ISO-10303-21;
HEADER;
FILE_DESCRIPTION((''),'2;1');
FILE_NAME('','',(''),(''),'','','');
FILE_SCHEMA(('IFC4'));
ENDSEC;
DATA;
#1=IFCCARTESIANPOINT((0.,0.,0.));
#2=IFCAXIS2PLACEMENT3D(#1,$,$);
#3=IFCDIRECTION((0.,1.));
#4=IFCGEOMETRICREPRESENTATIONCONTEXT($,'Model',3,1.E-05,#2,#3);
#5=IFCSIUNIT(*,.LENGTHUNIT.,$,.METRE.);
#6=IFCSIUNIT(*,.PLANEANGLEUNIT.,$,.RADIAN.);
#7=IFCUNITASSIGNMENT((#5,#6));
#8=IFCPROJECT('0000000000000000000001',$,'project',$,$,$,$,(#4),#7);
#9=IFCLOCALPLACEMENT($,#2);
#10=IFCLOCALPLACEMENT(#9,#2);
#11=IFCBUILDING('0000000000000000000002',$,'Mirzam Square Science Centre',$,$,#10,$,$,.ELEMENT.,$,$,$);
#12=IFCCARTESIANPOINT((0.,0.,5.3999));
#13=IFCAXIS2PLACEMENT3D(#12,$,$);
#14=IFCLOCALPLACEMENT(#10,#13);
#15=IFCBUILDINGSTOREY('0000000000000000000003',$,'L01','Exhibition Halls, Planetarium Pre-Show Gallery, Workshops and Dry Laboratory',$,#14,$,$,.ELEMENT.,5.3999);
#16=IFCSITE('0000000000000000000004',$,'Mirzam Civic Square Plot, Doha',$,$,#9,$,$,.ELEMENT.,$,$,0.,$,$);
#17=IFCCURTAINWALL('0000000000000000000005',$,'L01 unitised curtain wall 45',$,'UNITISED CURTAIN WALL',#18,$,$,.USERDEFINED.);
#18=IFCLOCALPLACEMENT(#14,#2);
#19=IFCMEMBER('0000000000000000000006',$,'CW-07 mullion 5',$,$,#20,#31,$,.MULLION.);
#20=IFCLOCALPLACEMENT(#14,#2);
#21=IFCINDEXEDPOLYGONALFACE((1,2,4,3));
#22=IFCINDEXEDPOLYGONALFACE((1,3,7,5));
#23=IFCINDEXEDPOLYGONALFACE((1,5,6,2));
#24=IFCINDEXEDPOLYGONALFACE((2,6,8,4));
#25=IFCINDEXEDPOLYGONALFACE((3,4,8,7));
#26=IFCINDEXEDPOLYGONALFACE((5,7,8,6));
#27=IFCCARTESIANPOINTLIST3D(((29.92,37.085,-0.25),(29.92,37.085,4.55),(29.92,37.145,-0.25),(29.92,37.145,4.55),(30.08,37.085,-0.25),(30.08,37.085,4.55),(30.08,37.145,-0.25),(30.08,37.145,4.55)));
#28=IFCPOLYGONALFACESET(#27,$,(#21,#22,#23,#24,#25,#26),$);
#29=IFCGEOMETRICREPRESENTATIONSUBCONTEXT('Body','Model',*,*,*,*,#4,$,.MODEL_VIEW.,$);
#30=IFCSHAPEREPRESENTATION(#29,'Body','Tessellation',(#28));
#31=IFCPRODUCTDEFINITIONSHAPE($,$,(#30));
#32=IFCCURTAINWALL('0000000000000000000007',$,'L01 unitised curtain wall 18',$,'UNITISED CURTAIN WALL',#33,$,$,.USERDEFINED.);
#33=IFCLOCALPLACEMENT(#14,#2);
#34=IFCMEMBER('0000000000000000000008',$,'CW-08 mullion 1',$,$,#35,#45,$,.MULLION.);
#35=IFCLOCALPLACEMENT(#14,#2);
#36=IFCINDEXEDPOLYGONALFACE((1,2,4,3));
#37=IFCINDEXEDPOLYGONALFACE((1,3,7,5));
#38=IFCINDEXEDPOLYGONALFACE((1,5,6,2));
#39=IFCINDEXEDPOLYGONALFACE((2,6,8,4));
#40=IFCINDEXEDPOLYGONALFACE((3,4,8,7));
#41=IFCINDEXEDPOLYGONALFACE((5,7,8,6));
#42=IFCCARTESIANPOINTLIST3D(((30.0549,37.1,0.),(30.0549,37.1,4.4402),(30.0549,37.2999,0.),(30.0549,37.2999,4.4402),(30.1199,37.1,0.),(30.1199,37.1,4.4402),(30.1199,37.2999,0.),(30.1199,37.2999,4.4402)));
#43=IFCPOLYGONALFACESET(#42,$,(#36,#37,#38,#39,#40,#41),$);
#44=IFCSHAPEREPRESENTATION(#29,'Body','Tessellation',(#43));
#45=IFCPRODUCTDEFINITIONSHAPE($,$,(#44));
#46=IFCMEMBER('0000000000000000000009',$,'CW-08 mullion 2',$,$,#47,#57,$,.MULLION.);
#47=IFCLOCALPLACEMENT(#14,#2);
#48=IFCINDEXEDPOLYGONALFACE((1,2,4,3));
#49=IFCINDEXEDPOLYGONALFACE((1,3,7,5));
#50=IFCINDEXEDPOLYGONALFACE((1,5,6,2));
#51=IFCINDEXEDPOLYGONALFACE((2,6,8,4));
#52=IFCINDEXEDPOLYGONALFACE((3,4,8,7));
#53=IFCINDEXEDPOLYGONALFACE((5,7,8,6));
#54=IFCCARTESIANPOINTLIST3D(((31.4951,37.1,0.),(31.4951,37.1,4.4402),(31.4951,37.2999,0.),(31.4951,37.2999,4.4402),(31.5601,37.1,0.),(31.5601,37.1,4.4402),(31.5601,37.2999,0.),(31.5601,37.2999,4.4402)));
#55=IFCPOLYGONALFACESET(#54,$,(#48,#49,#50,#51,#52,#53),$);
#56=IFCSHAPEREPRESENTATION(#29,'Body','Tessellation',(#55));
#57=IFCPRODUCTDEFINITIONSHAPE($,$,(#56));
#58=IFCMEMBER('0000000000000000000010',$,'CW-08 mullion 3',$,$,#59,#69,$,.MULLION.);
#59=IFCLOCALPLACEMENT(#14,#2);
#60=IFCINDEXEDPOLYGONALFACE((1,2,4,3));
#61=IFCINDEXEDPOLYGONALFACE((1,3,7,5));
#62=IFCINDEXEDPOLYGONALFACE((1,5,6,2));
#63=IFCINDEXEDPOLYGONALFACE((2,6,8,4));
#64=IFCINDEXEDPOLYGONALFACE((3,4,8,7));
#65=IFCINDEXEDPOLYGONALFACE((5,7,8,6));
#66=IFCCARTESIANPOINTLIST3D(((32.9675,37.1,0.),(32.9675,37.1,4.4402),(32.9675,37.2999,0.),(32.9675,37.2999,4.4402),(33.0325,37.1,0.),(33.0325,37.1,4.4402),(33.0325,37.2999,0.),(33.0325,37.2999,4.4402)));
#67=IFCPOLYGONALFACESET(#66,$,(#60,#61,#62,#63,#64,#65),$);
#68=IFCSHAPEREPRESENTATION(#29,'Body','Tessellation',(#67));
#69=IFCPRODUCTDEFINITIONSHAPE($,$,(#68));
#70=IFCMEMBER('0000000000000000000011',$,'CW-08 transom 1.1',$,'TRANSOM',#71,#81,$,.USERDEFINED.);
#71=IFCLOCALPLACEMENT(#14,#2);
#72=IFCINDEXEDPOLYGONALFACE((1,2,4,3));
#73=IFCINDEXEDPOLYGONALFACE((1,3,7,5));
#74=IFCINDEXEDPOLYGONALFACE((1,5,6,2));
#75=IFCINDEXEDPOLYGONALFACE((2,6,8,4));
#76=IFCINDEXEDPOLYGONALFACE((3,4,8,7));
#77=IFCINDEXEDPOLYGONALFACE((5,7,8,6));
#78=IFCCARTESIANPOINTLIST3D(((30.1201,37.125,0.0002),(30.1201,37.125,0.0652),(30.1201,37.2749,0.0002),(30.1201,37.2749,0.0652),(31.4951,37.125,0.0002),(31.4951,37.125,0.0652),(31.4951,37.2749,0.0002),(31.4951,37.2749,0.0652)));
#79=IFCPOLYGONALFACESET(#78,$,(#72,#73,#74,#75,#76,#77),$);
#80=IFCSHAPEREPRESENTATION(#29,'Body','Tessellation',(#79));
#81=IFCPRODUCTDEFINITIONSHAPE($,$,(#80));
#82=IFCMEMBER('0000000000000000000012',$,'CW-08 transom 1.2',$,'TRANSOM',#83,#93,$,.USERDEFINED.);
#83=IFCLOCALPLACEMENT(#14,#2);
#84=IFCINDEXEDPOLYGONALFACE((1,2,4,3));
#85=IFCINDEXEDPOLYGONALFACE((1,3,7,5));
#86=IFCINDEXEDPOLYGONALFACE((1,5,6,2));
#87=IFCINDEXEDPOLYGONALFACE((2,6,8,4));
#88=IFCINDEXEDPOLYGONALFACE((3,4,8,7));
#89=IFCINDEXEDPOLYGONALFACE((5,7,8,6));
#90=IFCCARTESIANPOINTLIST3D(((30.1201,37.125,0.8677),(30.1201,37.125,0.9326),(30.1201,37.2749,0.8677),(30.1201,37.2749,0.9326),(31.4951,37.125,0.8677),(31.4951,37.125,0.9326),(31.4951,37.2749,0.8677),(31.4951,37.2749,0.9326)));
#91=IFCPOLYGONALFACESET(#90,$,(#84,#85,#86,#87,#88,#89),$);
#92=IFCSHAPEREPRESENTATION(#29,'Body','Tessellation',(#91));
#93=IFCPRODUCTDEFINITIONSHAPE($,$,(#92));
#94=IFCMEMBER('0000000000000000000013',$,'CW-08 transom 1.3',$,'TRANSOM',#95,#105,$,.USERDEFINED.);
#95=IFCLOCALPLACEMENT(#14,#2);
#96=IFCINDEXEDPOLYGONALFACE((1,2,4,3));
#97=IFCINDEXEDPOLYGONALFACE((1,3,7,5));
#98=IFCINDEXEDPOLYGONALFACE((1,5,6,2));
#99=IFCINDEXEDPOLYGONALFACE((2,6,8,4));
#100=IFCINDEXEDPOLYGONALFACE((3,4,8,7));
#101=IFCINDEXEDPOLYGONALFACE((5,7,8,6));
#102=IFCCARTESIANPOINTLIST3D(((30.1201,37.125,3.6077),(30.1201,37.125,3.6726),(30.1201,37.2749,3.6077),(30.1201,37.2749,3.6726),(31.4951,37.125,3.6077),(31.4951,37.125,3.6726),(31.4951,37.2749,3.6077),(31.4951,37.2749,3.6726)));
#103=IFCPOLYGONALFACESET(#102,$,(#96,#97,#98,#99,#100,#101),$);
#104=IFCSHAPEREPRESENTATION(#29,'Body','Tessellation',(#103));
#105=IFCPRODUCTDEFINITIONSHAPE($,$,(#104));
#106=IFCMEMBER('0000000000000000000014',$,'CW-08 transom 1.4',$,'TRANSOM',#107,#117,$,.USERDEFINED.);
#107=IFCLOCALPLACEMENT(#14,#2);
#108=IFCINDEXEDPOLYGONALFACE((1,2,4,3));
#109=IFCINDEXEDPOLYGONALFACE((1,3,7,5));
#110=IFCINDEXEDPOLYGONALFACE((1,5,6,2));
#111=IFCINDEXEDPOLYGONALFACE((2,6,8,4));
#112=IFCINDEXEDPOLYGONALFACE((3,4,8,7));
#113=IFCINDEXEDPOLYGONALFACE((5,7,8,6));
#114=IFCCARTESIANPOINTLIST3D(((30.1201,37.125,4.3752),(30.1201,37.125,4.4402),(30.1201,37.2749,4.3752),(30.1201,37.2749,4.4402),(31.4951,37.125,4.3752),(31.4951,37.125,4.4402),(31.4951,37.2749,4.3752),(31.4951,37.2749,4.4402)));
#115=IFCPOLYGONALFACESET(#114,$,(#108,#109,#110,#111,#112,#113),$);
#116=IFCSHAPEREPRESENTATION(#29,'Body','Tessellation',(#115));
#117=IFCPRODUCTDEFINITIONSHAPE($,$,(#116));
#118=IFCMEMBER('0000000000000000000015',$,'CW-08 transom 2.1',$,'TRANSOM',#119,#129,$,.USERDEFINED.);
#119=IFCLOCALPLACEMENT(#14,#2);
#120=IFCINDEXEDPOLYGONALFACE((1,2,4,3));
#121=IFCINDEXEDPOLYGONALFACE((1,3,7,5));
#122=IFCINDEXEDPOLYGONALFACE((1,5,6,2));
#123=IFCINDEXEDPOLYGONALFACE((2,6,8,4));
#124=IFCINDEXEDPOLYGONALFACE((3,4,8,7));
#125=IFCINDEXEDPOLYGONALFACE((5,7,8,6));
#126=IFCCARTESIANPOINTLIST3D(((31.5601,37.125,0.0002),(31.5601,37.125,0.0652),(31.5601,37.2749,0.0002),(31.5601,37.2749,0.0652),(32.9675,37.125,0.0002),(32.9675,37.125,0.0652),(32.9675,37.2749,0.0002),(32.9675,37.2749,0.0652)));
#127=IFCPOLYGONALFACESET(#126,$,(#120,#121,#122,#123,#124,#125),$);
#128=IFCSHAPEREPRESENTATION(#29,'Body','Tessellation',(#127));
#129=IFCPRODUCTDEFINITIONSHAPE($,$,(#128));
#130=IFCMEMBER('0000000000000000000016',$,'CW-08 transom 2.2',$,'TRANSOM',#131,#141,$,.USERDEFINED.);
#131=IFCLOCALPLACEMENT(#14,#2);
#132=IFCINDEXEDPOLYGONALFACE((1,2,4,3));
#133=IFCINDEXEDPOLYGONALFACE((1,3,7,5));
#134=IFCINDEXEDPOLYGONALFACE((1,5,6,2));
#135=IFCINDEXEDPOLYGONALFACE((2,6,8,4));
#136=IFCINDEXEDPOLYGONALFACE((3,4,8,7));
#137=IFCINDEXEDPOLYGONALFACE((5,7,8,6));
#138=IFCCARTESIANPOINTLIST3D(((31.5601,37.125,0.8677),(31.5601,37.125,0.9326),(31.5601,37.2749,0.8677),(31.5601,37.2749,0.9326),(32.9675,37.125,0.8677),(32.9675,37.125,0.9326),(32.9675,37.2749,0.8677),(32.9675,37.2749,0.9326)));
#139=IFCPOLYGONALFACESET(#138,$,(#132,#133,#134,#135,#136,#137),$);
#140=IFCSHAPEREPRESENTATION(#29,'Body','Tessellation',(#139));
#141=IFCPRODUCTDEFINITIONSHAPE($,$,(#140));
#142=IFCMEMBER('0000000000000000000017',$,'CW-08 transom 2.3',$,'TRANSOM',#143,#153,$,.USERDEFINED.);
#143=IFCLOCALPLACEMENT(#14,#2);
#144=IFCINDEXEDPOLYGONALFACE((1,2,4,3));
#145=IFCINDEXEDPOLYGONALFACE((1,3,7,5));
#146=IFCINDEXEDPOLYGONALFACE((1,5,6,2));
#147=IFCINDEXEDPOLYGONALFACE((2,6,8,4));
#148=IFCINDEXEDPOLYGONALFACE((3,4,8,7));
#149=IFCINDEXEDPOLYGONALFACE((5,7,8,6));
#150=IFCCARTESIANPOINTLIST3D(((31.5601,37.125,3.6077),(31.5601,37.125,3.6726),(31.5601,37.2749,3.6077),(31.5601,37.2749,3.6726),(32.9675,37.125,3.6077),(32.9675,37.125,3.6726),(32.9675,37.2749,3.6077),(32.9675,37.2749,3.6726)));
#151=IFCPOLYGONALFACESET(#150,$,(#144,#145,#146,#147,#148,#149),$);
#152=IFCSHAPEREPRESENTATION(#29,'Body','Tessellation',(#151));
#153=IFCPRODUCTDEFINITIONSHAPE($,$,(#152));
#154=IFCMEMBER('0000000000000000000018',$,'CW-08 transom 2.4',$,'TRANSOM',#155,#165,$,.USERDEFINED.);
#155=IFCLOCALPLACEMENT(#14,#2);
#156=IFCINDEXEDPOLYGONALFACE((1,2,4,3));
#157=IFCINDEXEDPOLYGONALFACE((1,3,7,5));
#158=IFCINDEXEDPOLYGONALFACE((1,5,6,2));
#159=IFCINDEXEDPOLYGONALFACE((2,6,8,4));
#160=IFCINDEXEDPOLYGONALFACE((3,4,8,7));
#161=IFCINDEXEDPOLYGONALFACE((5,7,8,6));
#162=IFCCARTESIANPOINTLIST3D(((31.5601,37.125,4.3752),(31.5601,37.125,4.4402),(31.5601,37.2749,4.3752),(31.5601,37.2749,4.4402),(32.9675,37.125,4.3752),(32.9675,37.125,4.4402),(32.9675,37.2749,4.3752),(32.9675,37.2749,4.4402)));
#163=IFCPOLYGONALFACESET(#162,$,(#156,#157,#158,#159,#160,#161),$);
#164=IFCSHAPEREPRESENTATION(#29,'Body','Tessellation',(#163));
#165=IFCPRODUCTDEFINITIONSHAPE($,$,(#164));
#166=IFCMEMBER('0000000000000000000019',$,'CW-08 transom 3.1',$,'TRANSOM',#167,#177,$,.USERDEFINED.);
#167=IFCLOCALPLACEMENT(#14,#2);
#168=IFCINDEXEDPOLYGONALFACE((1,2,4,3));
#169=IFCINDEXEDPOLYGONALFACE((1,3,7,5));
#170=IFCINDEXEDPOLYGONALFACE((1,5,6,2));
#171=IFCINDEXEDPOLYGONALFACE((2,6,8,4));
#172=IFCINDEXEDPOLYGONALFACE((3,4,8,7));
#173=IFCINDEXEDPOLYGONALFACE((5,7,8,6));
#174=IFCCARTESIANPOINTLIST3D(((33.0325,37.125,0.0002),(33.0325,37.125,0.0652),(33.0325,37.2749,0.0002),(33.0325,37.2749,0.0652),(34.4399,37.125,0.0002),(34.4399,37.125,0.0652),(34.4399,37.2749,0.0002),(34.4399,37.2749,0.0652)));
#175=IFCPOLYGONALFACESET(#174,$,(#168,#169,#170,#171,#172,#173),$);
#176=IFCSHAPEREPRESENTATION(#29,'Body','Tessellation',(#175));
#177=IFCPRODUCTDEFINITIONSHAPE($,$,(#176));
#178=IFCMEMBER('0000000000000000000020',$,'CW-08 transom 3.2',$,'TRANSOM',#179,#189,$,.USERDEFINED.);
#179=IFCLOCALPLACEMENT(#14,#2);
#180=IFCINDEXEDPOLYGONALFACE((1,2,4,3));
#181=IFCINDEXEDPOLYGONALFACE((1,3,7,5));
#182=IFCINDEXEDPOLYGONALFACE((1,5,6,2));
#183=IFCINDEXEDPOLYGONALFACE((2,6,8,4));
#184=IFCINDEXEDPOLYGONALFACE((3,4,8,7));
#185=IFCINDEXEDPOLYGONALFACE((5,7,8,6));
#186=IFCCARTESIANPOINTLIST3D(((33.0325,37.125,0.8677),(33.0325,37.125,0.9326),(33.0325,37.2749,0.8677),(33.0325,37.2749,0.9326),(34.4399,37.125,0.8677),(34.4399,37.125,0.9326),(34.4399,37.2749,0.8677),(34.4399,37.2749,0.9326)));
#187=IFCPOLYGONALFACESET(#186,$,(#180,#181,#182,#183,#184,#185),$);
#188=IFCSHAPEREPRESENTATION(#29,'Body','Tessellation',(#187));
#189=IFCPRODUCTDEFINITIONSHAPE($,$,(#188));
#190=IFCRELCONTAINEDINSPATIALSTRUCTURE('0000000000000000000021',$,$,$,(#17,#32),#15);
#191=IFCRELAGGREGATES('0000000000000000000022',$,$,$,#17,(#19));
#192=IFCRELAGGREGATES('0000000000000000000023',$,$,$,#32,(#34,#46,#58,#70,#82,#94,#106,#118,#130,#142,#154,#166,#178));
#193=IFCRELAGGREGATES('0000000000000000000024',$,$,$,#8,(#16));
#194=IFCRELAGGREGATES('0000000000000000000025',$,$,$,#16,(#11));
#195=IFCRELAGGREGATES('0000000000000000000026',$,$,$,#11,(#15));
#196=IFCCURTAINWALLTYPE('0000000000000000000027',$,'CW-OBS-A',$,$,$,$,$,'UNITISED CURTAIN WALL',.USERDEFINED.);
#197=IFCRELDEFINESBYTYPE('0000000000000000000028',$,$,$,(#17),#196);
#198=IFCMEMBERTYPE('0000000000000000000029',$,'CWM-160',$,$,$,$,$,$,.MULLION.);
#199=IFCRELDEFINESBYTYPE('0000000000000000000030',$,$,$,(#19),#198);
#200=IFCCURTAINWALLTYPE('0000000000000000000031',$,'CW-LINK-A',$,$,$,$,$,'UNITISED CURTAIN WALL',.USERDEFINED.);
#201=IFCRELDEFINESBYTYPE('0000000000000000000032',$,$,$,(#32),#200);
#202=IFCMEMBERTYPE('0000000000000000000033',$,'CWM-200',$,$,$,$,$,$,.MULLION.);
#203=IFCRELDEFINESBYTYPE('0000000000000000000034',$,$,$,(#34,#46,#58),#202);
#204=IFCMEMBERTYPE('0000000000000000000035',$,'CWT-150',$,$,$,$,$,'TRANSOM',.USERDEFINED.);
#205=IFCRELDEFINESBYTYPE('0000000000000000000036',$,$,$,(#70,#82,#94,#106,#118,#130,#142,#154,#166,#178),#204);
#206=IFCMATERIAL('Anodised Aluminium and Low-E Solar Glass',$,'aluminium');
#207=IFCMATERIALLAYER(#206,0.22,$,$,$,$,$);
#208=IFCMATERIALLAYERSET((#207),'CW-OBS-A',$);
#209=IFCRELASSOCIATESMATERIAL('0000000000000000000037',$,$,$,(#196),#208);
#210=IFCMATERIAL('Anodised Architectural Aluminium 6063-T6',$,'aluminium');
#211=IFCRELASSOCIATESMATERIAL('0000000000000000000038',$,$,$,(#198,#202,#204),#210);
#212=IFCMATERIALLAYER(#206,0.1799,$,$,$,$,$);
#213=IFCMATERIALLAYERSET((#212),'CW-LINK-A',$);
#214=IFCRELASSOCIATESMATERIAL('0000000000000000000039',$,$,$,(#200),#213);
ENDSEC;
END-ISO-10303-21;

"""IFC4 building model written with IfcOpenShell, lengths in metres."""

from ifc_helpers import new_model, si_unit, direction, frame, origin, origin_2d, place, context, subcontext, project, spatial, rectangle, extrude, material, layer, layer_set, material_profile, profile_set, type_object, element, aggregate, save


model = new_model("IFC4")

# Units and contexts
model_context = context("Model", 3, precision=1e-05, world=origin(), true_north=direction((0.0, 1.0)))
body_context = subcontext(model_context, "Body", "Model", "MODEL_VIEW")
ifc_project = project(units=[si_unit("LENGTHUNIT", "METRE"), si_unit("PLANEANGLEUNIT", "RADIAN")], contexts=[model_context])

# Site, building, storey
site_placement = place(None, origin())
site = spatial("IfcSite", under=ifc_project, at=site_placement, Name="Mirzam Civic Square Plot, Doha", CompositionType="ELEMENT", RefElevation=0.0)
building_placement = place(site_placement, origin())
building = spatial("IfcBuilding", under=site, at=building_placement, Name="Mirzam Square Science Centre", CompositionType="ELEMENT")
storey_placement = place(building_placement, frame((0.0, 0.0, 5.3999)))
storey = spatial("IfcBuildingStorey", under=building, at=storey_placement, Name="L01", Description="Exhibition Halls, Planetarium Pre-Show Gallery, Workshops and Dry Laboratory", CompositionType="ELEMENT", Elevation=5.3999)

# Curtain wall, member
ifc_material_1 = material(Name="Anodised Aluminium and Low-E Solar Glass", Category="aluminium")
ifc_layer_1 = layer(ifc_material_1, 0.22)
ifc_layer_set_1 = layer_set([ifc_layer_1], Name="CW-OBS-A")
curtain_wall_type_1 = type_object("IfcCurtainWallType", Name="CW-OBS-A", ElementType="UNITISED CURTAIN WALL", PredefinedType="USERDEFINED", material=ifc_layer_set_1)
curtain_wall_1_placement = place(storey_placement, origin())
curtain_wall_1 = element("IfcCurtainWall", 1, at=curtain_wall_1_placement, inside=storey, type_object=curtain_wall_type_1, Name="L01 unitised curtain wall 45", ObjectType="UNITISED CURTAIN WALL", PredefinedType="USERDEFINED")
ifc_material_2 = material(Name="Anodised Architectural Aluminium 6063-T6", Category="aluminium")
ifc_material_profile_1 = material_profile(ifc_material_2, rectangle(XDim=0.0601, YDim=0.1599, at=origin_2d()), Name="ALU-MULL-160x60x4")
ifc_profile_set_1 = profile_set([ifc_material_profile_1], Name="Anodised Architectural Aluminium 6063-T6")
member_type_1 = type_object("IfcMemberType", Name="CWM-160", PredefinedType="MULLION", material=ifc_profile_set_1)
member_1_placement = place(storey_placement, frame((30.0, 37.115, -0.25), z_axis=(0.0, 0.0, 1.0), x_axis=(0.0, 1.0, 0.0)))
member_1 = element("IfcMember", 2, at=member_1_placement, type_object=member_type_1, Name="CW-07 mullion 5", PredefinedType="MULLION", context=body_context, shape_type="SweptSolid", body=[
    extrude(rectangle(XDim=0.0601, YDim=0.1599, at=origin_2d()), origin(), (0.0, 0.0, 1.0), 4.8),
])
aggregate(curtain_wall_1, [member_1])

# Curtain wall, members
ifc_layer_2 = layer(ifc_material_1, 0.1799)
ifc_layer_set_2 = layer_set([ifc_layer_2], Name="CW-LINK-A")
curtain_wall_type_2 = type_object("IfcCurtainWallType", Name="CW-LINK-A", ElementType="UNITISED CURTAIN WALL", PredefinedType="USERDEFINED", material=ifc_layer_set_2)
curtain_wall_2_placement = place(storey_placement, origin())
curtain_wall_2 = element("IfcCurtainWall", 3, at=curtain_wall_2_placement, inside=storey, type_object=curtain_wall_type_2, Name="L01 unitised curtain wall 18", ObjectType="UNITISED CURTAIN WALL", PredefinedType="USERDEFINED")
ifc_material_profile_2 = material_profile(ifc_material_2, rectangle(XDim=0.0649, YDim=0.2, at=origin_2d()), Name="ALU-MULL-200x65x5")
ifc_profile_set_2 = profile_set([ifc_material_profile_2], Name="Anodised Architectural Aluminium 6063-T6")
member_type_2 = type_object("IfcMemberType", Name="CWM-200", PredefinedType="MULLION", material=ifc_profile_set_2)
member_2_placement = place(storey_placement, frame((30.0874, 37.2, 0.0), z_axis=(0.0, 0.0, 1.0), x_axis=(1.0, 0.0, 0.0)))
member_2 = element("IfcMember", 4, at=member_2_placement, type_object=member_type_2, Name="CW-08 mullion 1", PredefinedType="MULLION", context=body_context, shape_type="SweptSolid", body=[
    extrude(rectangle(XDim=0.0649, YDim=0.2, at=origin_2d()), origin(), (0.0, 0.0, 1.0), 4.4402),
])
member_3_placement = place(storey_placement, frame((31.5276, 37.2, 0.0), z_axis=(0.0, 0.0, 1.0), x_axis=(1.0, 0.0, 0.0)))
member_3 = element("IfcMember", 5, at=member_3_placement, type_object=member_type_2, Name="CW-08 mullion 2", PredefinedType="MULLION", context=body_context, shape_type="SweptSolid", body=[
    extrude(rectangle(XDim=0.0649, YDim=0.2, at=origin_2d()), origin(), (0.0, 0.0, 1.0), 4.4402),
])
member_4_placement = place(storey_placement, frame((33.0, 37.2, 0.0), z_axis=(0.0, 0.0, 1.0), x_axis=(1.0, 0.0, 0.0)))
member_4 = element("IfcMember", 6, at=member_4_placement, type_object=member_type_2, Name="CW-08 mullion 3", PredefinedType="MULLION", context=body_context, shape_type="SweptSolid", body=[
    extrude(rectangle(XDim=0.0649, YDim=0.2, at=origin_2d()), origin(), (0.0, 0.0, 1.0), 4.4402),
])
ifc_material_profile_3 = material_profile(ifc_material_2, rectangle(XDim=0.1499, YDim=0.0649, at=origin_2d()), Name="ALU-TRAN-150x65x4")
ifc_profile_set_3 = profile_set([ifc_material_profile_3], Name="Anodised Architectural Aluminium 6063-T6")
member_type_3 = type_object("IfcMemberType", Name="CWT-150", ElementType="TRANSOM", PredefinedType="USERDEFINED", material=ifc_profile_set_3)
member_5_placement = place(storey_placement, frame((30.1201, 37.2, 0.0327), z_axis=(1.0, 0.0, 0.0), x_axis=(0.0, 1.0, 0.0)))
member_5 = element("IfcMember", 7, at=member_5_placement, type_object=member_type_3, Name="CW-08 transom 1.1", ObjectType="TRANSOM", PredefinedType="USERDEFINED", context=body_context, shape_type="SweptSolid", body=[
    extrude(rectangle(XDim=0.1499, YDim=0.0649, at=origin_2d()), origin(), (0.0, 0.0, 1.0), 1.375),
])
member_6_placement = place(storey_placement, frame((30.1201, 37.2, 0.9001), z_axis=(1.0, 0.0, 0.0), x_axis=(0.0, 1.0, 0.0)))
member_6 = element("IfcMember", 8, at=member_6_placement, type_object=member_type_3, Name="CW-08 transom 1.2", ObjectType="TRANSOM", PredefinedType="USERDEFINED", context=body_context, shape_type="SweptSolid", body=[
    extrude(rectangle(XDim=0.1499, YDim=0.0649, at=origin_2d()), origin(), (0.0, 0.0, 1.0), 1.375),
])
member_7_placement = place(storey_placement, frame((30.1201, 37.2, 3.6401), z_axis=(1.0, 0.0, 0.0), x_axis=(0.0, 1.0, 0.0)))
member_7 = element("IfcMember", 9, at=member_7_placement, type_object=member_type_3, Name="CW-08 transom 1.3", ObjectType="TRANSOM", PredefinedType="USERDEFINED", context=body_context, shape_type="SweptSolid", body=[
    extrude(rectangle(XDim=0.1499, YDim=0.0649, at=origin_2d()), origin(), (0.0, 0.0, 1.0), 1.375),
])
member_8_placement = place(storey_placement, frame((30.1201, 37.2, 4.4077), z_axis=(1.0, 0.0, 0.0), x_axis=(0.0, 1.0, 0.0)))
member_8 = element("IfcMember", 10, at=member_8_placement, type_object=member_type_3, Name="CW-08 transom 1.4", ObjectType="TRANSOM", PredefinedType="USERDEFINED", context=body_context, shape_type="SweptSolid", body=[
    extrude(rectangle(XDim=0.1499, YDim=0.0649, at=origin_2d()), origin(), (0.0, 0.0, 1.0), 1.375),
])
member_9_placement = place(storey_placement, frame((31.5601, 37.2, 0.0327), z_axis=(1.0, 0.0, 0.0), x_axis=(0.0, 1.0, 0.0)))
member_9 = element("IfcMember", 11, at=member_9_placement, type_object=member_type_3, Name="CW-08 transom 2.1", ObjectType="TRANSOM", PredefinedType="USERDEFINED", context=body_context, shape_type="SweptSolid", body=[
    extrude(rectangle(XDim=0.1499, YDim=0.0649, at=origin_2d()), origin(), (0.0, 0.0, 1.0), 1.4075),
])
member_10_placement = place(storey_placement, frame((31.5601, 37.2, 0.9001), z_axis=(1.0, 0.0, 0.0), x_axis=(0.0, 1.0, 0.0)))
member_10 = element("IfcMember", 12, at=member_10_placement, type_object=member_type_3, Name="CW-08 transom 2.2", ObjectType="TRANSOM", PredefinedType="USERDEFINED", context=body_context, shape_type="SweptSolid", body=[
    extrude(rectangle(XDim=0.1499, YDim=0.0649, at=origin_2d()), origin(), (0.0, 0.0, 1.0), 1.4075),
])
member_11_placement = place(storey_placement, frame((31.5601, 37.2, 3.6401), z_axis=(1.0, 0.0, 0.0), x_axis=(0.0, 1.0, 0.0)))
member_11 = element("IfcMember", 13, at=member_11_placement, type_object=member_type_3, Name="CW-08 transom 2.3", ObjectType="TRANSOM", PredefinedType="USERDEFINED", context=body_context, shape_type="SweptSolid", body=[
    extrude(rectangle(XDim=0.1499, YDim=0.0649, at=origin_2d()), origin(), (0.0, 0.0, 1.0), 1.4075),
])
member_12_placement = place(storey_placement, frame((31.5601, 37.2, 4.4077), z_axis=(1.0, 0.0, 0.0), x_axis=(0.0, 1.0, 0.0)))
member_12 = element("IfcMember", 14, at=member_12_placement, type_object=member_type_3, Name="CW-08 transom 2.4", ObjectType="TRANSOM", PredefinedType="USERDEFINED", context=body_context, shape_type="SweptSolid", body=[
    extrude(rectangle(XDim=0.1499, YDim=0.0649, at=origin_2d()), origin(), (0.0, 0.0, 1.0), 1.4075),
])
member_13_placement = place(storey_placement, frame((33.0325, 37.2, 0.0327), z_axis=(1.0, 0.0, 0.0), x_axis=(0.0, 1.0, 0.0)))
member_13 = element("IfcMember", 15, at=member_13_placement, type_object=member_type_3, Name="CW-08 transom 3.1", ObjectType="TRANSOM", PredefinedType="USERDEFINED", context=body_context, shape_type="SweptSolid", body=[
    extrude(rectangle(XDim=0.1499, YDim=0.0649, at=origin_2d()), origin(), (0.0, 0.0, 1.0), 1.4075),
])
member_14_placement = place(storey_placement, frame((33.0325, 37.2, 0.9001), z_axis=(1.0, 0.0, 0.0), x_axis=(0.0, 1.0, 0.0)))
member_14 = element("IfcMember", 16, at=member_14_placement, type_object=member_type_3, Name="CW-08 transom 3.2", ObjectType="TRANSOM", PredefinedType="USERDEFINED", context=body_context, shape_type="SweptSolid", body=[
    extrude(rectangle(XDim=0.1499, YDim=0.0649, at=origin_2d()), origin(), (0.0, 0.0, 1.0), 1.4075),
])
aggregate(curtain_wall_2, [member_2, member_3, member_4, member_5, member_6, member_7, member_8, member_9, member_10, member_11, member_12, member_13, member_14])

save(model, "model.ifc")
